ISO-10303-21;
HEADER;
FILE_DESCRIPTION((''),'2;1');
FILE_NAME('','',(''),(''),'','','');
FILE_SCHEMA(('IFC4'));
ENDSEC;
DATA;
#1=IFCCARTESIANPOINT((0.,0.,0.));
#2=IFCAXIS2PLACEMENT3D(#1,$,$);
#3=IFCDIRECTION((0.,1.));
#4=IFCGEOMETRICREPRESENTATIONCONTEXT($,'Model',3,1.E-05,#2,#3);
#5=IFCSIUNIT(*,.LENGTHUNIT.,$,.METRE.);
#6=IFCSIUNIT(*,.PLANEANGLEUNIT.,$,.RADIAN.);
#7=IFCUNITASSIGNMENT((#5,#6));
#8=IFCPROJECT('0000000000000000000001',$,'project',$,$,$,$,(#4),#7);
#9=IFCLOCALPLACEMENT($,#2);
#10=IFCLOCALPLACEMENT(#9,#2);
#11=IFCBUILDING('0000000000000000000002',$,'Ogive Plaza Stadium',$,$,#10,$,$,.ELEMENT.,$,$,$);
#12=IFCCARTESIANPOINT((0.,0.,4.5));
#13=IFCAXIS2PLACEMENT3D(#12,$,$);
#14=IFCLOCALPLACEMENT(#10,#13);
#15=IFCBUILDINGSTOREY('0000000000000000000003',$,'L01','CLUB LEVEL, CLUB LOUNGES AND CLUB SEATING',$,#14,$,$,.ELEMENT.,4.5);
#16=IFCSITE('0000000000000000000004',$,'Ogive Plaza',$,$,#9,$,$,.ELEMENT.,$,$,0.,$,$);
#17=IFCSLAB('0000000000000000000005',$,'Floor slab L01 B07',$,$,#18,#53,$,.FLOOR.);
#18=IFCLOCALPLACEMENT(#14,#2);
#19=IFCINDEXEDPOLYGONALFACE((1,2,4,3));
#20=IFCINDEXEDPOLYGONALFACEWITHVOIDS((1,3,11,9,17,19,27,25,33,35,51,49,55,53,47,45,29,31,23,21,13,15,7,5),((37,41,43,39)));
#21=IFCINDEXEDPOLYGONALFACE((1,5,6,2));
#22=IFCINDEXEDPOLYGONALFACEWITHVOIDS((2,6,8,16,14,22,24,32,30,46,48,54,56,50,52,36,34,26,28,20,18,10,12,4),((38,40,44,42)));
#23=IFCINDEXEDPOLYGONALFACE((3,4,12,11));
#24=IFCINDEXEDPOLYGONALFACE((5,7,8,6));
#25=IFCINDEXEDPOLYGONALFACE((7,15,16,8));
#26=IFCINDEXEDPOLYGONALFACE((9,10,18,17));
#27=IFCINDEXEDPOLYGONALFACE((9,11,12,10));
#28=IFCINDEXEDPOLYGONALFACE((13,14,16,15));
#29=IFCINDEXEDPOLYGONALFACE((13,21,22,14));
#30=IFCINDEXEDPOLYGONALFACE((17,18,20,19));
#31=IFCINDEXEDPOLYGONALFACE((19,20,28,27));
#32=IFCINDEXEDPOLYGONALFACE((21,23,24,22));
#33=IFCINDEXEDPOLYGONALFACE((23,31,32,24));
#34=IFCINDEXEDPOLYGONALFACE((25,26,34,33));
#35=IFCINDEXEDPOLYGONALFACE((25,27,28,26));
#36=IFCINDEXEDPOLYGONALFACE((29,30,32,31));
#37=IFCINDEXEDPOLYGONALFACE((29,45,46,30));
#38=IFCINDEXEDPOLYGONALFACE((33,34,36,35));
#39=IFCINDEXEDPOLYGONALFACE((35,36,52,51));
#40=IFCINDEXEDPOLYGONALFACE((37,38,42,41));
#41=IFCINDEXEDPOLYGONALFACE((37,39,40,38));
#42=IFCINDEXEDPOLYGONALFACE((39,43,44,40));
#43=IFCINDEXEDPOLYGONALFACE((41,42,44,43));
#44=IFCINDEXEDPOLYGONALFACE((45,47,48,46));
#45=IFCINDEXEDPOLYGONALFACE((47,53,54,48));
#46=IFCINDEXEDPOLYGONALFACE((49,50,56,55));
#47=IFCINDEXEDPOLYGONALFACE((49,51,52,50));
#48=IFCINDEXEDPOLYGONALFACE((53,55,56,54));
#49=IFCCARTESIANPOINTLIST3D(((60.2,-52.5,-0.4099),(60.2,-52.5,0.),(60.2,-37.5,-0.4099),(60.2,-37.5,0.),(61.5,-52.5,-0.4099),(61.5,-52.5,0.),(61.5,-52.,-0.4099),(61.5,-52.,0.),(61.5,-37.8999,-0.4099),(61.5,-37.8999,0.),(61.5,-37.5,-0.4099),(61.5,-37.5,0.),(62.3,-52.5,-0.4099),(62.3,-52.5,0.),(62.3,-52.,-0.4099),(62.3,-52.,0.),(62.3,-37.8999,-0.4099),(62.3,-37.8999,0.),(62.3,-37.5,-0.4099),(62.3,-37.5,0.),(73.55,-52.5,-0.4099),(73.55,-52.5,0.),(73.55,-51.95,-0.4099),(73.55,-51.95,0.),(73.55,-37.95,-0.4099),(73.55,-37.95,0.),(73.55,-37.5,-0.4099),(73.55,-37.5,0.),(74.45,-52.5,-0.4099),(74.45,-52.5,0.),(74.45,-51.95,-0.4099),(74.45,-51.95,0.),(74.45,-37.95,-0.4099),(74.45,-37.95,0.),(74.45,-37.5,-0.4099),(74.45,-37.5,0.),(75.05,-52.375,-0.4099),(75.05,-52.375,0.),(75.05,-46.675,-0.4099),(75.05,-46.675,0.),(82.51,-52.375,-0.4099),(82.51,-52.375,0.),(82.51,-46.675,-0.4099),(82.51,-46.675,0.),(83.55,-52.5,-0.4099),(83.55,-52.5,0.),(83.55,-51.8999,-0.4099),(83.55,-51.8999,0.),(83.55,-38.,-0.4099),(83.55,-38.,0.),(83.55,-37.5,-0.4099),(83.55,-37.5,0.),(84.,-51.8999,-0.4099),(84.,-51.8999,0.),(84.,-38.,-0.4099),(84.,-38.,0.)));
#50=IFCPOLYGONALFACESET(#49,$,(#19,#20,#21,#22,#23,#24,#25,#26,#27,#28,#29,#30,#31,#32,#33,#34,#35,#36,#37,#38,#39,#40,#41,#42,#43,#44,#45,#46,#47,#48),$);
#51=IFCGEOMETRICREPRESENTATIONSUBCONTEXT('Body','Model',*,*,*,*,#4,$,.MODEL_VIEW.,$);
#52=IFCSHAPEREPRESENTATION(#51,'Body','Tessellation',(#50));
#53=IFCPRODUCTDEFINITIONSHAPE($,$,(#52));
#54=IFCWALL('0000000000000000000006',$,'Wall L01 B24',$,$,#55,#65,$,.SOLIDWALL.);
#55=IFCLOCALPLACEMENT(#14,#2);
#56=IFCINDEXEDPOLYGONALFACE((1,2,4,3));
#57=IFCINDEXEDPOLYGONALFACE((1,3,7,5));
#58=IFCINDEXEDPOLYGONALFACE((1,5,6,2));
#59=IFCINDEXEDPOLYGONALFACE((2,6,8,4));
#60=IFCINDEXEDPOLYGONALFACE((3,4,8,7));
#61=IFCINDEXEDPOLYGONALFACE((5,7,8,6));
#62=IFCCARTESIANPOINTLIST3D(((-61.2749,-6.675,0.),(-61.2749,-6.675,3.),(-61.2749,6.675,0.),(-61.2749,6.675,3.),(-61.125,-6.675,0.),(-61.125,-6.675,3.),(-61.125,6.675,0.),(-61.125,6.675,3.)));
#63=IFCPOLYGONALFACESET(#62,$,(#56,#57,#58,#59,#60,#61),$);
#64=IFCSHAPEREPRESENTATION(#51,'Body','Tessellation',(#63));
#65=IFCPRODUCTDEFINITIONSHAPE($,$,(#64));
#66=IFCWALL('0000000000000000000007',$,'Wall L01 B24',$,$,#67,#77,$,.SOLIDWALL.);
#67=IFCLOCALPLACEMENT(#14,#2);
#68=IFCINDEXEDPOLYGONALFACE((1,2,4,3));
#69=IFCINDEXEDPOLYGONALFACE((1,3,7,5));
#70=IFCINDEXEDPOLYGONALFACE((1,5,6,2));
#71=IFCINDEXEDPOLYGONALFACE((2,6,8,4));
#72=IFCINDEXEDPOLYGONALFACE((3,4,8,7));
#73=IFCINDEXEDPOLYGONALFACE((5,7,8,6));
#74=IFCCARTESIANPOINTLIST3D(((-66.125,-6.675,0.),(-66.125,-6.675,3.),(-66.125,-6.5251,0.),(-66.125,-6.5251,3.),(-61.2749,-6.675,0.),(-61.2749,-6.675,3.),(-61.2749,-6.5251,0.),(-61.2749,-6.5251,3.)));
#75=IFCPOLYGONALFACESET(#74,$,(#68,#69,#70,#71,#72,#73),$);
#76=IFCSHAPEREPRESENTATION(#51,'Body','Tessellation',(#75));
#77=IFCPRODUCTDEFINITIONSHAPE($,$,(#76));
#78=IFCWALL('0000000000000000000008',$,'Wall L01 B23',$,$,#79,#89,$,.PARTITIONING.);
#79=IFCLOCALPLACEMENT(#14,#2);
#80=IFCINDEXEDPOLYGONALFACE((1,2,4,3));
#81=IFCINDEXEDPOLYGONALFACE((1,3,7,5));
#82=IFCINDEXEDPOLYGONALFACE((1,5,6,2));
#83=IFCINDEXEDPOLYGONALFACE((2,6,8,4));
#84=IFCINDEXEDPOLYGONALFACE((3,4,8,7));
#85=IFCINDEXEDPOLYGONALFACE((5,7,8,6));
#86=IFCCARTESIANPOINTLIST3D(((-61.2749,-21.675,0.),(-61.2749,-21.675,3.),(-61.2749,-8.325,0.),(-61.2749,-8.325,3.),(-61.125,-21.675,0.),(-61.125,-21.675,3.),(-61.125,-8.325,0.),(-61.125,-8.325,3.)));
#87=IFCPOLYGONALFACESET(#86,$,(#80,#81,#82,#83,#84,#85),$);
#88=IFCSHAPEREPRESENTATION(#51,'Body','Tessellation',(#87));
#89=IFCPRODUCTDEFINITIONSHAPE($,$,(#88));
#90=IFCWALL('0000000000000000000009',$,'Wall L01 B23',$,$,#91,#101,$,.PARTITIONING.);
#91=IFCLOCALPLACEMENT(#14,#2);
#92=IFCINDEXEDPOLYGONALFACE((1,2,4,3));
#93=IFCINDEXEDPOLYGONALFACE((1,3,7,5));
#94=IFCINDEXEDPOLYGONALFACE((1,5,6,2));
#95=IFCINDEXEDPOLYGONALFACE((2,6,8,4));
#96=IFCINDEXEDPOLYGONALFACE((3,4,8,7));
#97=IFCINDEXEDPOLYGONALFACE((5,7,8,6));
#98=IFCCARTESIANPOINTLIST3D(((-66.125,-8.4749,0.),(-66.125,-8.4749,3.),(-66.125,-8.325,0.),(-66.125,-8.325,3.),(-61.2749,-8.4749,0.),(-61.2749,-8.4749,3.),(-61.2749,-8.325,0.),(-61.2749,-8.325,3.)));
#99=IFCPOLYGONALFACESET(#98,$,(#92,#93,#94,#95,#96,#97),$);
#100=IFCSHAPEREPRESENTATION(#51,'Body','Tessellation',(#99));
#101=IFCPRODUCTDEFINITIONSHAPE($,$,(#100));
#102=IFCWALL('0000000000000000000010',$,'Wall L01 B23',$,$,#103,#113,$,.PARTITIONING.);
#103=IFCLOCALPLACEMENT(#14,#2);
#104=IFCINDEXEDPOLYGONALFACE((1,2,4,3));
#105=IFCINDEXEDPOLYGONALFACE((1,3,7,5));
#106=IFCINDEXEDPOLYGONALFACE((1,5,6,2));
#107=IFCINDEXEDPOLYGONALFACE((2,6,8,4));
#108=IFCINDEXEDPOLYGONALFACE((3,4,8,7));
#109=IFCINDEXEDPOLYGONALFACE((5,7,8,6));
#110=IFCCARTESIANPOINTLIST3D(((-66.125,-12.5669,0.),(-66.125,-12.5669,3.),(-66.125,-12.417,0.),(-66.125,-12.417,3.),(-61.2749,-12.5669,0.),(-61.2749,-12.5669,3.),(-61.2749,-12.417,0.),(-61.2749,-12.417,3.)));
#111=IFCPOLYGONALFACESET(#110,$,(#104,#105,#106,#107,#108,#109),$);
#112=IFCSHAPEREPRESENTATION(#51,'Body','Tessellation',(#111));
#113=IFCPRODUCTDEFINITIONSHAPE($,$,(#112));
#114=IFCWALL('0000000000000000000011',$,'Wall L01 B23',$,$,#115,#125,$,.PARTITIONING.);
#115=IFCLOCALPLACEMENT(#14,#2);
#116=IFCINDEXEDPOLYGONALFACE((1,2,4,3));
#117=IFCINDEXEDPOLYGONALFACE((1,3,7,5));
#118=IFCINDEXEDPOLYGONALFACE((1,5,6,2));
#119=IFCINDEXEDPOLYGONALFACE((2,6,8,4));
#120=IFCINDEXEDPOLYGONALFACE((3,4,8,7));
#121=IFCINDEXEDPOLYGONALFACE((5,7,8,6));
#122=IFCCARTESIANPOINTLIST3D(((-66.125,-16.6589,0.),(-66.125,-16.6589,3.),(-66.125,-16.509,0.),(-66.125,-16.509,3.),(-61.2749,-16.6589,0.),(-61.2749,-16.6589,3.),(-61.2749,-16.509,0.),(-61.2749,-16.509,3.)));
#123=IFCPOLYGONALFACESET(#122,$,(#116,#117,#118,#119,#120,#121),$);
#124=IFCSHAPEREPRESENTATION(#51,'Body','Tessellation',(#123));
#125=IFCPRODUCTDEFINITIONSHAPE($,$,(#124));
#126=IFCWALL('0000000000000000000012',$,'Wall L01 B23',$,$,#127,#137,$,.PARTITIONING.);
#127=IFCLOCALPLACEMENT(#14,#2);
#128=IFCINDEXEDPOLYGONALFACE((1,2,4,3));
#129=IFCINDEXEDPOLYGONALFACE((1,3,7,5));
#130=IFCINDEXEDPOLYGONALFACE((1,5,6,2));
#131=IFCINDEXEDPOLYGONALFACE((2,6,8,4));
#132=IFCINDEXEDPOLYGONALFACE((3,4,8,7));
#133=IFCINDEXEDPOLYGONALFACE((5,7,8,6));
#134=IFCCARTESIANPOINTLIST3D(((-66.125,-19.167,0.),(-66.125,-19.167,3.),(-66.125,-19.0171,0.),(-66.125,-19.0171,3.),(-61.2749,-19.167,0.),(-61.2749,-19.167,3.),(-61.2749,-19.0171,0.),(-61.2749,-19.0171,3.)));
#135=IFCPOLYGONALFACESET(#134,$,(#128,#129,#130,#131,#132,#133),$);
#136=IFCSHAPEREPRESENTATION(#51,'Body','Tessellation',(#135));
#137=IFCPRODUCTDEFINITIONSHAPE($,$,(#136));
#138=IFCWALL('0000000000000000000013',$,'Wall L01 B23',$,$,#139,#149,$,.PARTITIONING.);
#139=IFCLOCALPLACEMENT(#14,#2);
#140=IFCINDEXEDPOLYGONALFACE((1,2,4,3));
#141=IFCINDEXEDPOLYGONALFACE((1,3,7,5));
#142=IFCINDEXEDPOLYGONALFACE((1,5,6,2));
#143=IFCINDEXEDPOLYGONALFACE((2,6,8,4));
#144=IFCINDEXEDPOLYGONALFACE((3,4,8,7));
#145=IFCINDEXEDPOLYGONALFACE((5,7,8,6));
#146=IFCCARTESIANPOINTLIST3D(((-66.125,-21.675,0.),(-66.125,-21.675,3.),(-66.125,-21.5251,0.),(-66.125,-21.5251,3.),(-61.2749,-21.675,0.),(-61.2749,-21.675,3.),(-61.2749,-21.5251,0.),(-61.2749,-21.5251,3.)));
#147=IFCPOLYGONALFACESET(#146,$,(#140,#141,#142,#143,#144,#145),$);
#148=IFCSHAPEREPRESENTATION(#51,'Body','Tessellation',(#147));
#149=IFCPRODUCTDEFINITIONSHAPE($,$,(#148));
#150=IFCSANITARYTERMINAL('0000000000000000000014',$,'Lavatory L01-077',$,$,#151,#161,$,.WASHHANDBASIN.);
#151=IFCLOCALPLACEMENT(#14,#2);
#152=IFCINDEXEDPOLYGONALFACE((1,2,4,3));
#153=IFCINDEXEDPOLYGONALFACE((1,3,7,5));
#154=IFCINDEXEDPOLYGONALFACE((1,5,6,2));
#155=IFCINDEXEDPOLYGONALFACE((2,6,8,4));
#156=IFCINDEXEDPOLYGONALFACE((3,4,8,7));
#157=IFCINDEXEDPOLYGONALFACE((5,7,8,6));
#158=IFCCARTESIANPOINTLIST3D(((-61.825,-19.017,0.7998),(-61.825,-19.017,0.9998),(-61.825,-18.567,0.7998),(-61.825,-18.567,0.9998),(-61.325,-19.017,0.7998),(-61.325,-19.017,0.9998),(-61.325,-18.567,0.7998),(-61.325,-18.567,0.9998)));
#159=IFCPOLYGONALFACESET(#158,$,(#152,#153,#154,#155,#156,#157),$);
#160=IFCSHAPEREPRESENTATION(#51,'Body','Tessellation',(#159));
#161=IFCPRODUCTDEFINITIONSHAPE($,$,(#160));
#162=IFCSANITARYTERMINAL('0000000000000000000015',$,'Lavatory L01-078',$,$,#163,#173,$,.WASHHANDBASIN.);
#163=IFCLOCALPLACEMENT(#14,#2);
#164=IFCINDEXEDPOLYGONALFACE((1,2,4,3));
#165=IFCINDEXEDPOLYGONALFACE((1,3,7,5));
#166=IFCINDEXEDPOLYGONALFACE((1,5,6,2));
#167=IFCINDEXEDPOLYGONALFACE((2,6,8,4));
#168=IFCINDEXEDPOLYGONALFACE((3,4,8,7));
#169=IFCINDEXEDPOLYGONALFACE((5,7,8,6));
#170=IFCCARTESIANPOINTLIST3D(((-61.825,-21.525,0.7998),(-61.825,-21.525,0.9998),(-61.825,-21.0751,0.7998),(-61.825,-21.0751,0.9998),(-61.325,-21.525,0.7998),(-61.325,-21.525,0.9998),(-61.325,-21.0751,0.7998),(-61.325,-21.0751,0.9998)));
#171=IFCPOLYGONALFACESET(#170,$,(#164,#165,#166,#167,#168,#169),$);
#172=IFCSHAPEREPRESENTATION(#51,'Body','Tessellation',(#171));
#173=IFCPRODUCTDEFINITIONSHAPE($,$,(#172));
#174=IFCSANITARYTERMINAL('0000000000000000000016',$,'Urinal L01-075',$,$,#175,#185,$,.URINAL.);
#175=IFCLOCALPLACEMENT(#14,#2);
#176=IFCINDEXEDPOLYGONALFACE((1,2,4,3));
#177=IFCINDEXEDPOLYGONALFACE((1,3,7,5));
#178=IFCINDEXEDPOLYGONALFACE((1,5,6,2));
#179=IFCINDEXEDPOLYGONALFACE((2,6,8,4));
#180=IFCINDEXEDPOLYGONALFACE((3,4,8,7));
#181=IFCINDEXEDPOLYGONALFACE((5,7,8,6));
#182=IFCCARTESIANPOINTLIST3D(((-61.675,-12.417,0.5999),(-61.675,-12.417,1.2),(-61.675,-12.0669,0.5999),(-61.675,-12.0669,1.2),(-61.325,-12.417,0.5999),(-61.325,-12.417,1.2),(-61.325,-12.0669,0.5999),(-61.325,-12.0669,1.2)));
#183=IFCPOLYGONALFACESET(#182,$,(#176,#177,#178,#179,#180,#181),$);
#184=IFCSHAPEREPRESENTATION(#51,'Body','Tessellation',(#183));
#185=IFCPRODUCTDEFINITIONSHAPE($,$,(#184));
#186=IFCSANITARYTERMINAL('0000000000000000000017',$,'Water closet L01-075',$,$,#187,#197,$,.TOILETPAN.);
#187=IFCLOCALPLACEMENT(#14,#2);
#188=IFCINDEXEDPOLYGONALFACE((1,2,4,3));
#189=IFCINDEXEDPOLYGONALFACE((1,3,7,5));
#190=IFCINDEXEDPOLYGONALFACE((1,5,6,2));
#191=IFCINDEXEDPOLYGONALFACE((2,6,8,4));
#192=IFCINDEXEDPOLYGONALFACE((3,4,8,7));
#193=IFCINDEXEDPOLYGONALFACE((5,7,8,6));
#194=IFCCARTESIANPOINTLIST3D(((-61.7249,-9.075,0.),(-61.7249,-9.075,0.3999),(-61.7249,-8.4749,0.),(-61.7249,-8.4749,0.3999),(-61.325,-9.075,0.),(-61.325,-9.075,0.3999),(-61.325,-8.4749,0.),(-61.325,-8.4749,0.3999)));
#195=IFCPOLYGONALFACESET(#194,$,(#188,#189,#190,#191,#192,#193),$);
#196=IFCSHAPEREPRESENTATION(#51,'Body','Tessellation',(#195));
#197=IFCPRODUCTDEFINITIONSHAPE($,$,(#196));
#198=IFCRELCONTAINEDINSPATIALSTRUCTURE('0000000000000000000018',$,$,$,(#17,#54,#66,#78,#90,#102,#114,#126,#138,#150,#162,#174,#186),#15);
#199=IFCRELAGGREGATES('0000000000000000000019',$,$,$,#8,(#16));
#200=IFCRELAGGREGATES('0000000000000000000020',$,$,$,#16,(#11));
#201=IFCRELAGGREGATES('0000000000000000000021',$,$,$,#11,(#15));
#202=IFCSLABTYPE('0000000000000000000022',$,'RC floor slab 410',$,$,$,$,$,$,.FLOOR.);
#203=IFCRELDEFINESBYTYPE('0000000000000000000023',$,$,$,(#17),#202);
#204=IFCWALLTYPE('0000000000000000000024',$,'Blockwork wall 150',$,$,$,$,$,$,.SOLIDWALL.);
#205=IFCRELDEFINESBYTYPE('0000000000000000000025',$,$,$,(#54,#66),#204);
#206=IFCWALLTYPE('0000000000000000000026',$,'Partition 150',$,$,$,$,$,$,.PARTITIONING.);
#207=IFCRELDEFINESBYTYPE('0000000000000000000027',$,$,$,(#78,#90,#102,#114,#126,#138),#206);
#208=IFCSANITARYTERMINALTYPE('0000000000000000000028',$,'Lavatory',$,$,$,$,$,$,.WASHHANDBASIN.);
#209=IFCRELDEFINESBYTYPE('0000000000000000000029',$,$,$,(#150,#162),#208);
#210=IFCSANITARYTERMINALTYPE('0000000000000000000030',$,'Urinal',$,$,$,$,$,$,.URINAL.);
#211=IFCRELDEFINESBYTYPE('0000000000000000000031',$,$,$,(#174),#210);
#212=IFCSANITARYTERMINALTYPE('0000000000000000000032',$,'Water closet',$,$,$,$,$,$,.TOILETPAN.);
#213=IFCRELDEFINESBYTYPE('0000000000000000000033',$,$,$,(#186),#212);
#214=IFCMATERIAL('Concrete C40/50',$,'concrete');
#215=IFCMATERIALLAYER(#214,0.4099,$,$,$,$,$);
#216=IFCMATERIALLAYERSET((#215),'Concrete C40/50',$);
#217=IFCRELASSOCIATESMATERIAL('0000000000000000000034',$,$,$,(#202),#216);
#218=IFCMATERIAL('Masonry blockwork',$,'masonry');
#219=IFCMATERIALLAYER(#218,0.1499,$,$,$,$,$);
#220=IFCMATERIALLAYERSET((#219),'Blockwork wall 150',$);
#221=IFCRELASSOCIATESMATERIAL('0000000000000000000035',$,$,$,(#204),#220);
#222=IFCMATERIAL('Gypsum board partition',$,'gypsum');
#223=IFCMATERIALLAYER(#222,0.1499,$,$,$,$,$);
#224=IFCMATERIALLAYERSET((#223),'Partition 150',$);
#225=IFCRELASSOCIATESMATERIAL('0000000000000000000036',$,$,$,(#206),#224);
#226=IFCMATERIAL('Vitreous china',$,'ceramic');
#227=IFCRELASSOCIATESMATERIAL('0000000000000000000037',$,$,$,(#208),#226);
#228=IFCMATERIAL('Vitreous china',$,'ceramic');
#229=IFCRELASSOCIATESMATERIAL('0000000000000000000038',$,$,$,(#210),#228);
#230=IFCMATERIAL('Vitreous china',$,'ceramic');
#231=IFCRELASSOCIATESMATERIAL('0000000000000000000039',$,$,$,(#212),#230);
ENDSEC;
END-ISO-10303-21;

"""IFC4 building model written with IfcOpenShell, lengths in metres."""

from ifc_helpers import new_model, si_unit, direction, frame, frame_2d, origin, origin_2d, place, context, subcontext, project, spatial, polyline, rectangle, outline, extrude, material, layer, layer_set, type_object, element, save


model = new_model("IFC4")

# Units and contexts
model_context = context("Model", 3, precision=1e-05, world=origin(), true_north=direction((0.0, 1.0)))
body_context = subcontext(model_context, "Body", "Model", "MODEL_VIEW")
ifc_project = project(units=[si_unit("LENGTHUNIT", "METRE"), si_unit("PLANEANGLEUNIT", "RADIAN")], contexts=[model_context])

# Site, building, storey
site_placement = place(None, origin())
site = spatial("IfcSite", under=ifc_project, at=site_placement, Name="Ogive Plaza", CompositionType="ELEMENT", RefElevation=0.0)
building_placement = place(site_placement, origin())
building = spatial("IfcBuilding", under=site, at=building_placement, Name="Ogive Plaza Stadium", CompositionType="ELEMENT")
storey_placement = place(building_placement, frame((0.0, 0.0, 4.5)))
storey = spatial("IfcBuildingStorey", under=building, at=storey_placement, Name="L01", Description="CLUB LEVEL, CLUB LOUNGES AND CLUB SEATING", CompositionType="ELEMENT", Elevation=4.5)

# Slab
ifc_material_1 = material(Name="Concrete C40/50", Category="concrete")
ifc_layer_1 = layer(ifc_material_1, 0.4099)
ifc_layer_set_1 = layer_set([ifc_layer_1], Name="Concrete C40/50")
slab_type = type_object("IfcSlabType", Name="RC floor slab 410", PredefinedType="FLOOR", material=ifc_layer_set_1)
slab_1_placement = place(storey_placement, frame((0.0, 0.0, -0.4099)))
element("IfcSlab", 1, at=slab_1_placement, inside=storey, type_object=slab_type, Name="Floor slab L01 B07", PredefinedType="FLOOR", context=body_context, shape_type="SweptSolid", body=[
    extrude(outline(polyline([(61.5, -52.5), (61.5, -52.0), (62.3, -52.0), (62.3, -52.5), (73.55, -52.5), (73.55, -51.95), (74.45, -51.95), (74.45, -52.5), (83.55, -52.5), (83.55, -51.8999), (84.0, -51.8999), (84.0, -38.0), (83.55, -38.0), (83.55, -37.5), (74.45, -37.5), (74.45, -37.95), (73.55, -37.95), (73.55, -37.5), (62.3, -37.5), (62.3, -37.8999), (61.5, -37.8999), (61.5, -37.5), (60.2, -37.5), (60.2, -52.5), (61.5, -52.5)]), holes=[polyline([(75.05, -52.375), (82.51, -52.375), (82.51, -46.675), (75.05, -46.675), (75.05, -52.375)])]), origin(), (0.0, 0.0, 1.0), 0.4099),
])

# Walls
ifc_material_2 = material(Name="Masonry blockwork", Category="masonry")
ifc_layer_2 = layer(ifc_material_2, 0.1499)
ifc_layer_set_2 = layer_set([ifc_layer_2], Name="Blockwork wall 150")
wall_type_1 = type_object("IfcWallType", Name="Blockwork wall 150", PredefinedType="SOLIDWALL", material=ifc_layer_set_2)
wall_1_placement = place(storey_placement, frame((-61.2, -6.675, 0.0), z_axis=(0.0, 0.0, 1.0), x_axis=(0.0, 1.0, 0.0)))
element("IfcWall", 2, at=wall_1_placement, inside=storey, type_object=wall_type_1, Name="Wall L01 B24", PredefinedType="SOLIDWALL", context=body_context, shape_type="SweptSolid", body=[
    extrude(rectangle(XDim=13.3501, YDim=0.1499, at=frame_2d((6.675, 0.0))), origin(), (0.0, 0.0, 1.0), 3.0),
])
wall_2_placement = place(storey_placement, frame((-61.2749, -6.6001, 0.0), z_axis=(0.0, 0.0, 1.0), x_axis=(-1.0, 0.0, 0.0)))
element("IfcWall", 3, at=wall_2_placement, inside=storey, type_object=wall_type_1, Name="Wall L01 B24", PredefinedType="SOLIDWALL", context=body_context, shape_type="SweptSolid", body=[
    extrude(rectangle(XDim=4.8501, YDim=0.1499, at=frame_2d((2.425, 0.0))), origin(), (0.0, 0.0, 1.0), 3.0),
])
ifc_material_3 = material(Name="Gypsum board partition", Category="gypsum")
ifc_layer_3 = layer(ifc_material_3, 0.1499)
ifc_layer_set_3 = layer_set([ifc_layer_3], Name="Partition 150")
wall_type_2 = type_object("IfcWallType", Name="Partition 150", PredefinedType="PARTITIONING", material=ifc_layer_set_3)
wall_3_placement = place(storey_placement, frame((-61.2, -8.325, 0.0), z_axis=(0.0, 0.0, 1.0), x_axis=(0.0, -1.0, 0.0)))
element("IfcWall", 4, at=wall_3_placement, inside=storey, type_object=wall_type_2, Name="Wall L01 B23", PredefinedType="PARTITIONING", context=body_context, shape_type="SweptSolid", body=[
    extrude(rectangle(XDim=13.3501, YDim=0.1499, at=frame_2d((6.675, 0.0))), origin(), (0.0, 0.0, 1.0), 3.0),
])
for number, where, z_axis, x_axis, name in (
    (5, (-61.2749, -8.3999, 0.0), (0.0, 0.0, 1.0), (-1.0, 0.0, 0.0), "Wall L01 B23"),
    (6, (-61.2749, -12.4919, 0.0), (0.0, 0.0, 1.0), (-1.0, 0.0, 0.0), "Wall L01 B23"),
    (7, (-61.2749, -16.584, 0.0), (0.0, 0.0, 1.0), (-1.0, 0.0, 0.0), "Wall L01 B23"),
    (8, (-61.2749, -19.092, 0.0), (0.0, 0.0, 1.0), (-1.0, 0.0, 0.0), "Wall L01 B23"),
    (9, (-61.2749, -21.6001, 0.0), (0.0, 0.0, 1.0), (-1.0, 0.0, 0.0), "Wall L01 B23"),
):
    element("IfcWall", number, at=place(storey_placement, frame(where, z_axis=z_axis, x_axis=x_axis)), inside=storey, type_object=wall_type_2, Name=name, PredefinedType="PARTITIONING", context=body_context, shape_type="SweptSolid", body=[
        extrude(rectangle(XDim=4.8501, YDim=0.1499, at=frame_2d((2.425, 0.0))), origin(), (0.0, 0.0, 1.0), 3.0),
    ])

# Sanitary terminals
ifc_material_4 = material(Name="Vitreous china", Category="ceramic")
sanitary_terminal_type_1 = type_object("IfcSanitaryTerminalType", Name="Lavatory", PredefinedType="WASHHANDBASIN", material=ifc_material_4)
for number, where, z_axis, x_axis, name in (
    (10, (-61.575, -18.792, 0.7998), (0.0, 0.0, 1.0), (-1.0, 0.0, 0.0), "Lavatory L01-077"),
    (11, (-61.575, -21.3, 0.7998), (0.0, 0.0, 1.0), (-1.0, 0.0, 0.0), "Lavatory L01-078"),
):
    element("IfcSanitaryTerminal", number, at=place(storey_placement, frame(where, z_axis=z_axis, x_axis=x_axis)), inside=storey, type_object=sanitary_terminal_type_1, Name=name, PredefinedType="WASHHANDBASIN", context=body_context, shape_type="SweptSolid", body=[
        extrude(rectangle(XDim=0.5, YDim=0.45, at=origin_2d()), origin(), (0.0, 0.0, 1.0), 0.2),
    ])
ifc_material_5 = material(Name="Vitreous china", Category="ceramic")
sanitary_terminal_type_2 = type_object("IfcSanitaryTerminalType", Name="Urinal", PredefinedType="URINAL", material=ifc_material_5)
sanitary_terminal_placement = place(storey_placement, frame((-61.5, -12.2419, 0.5999), z_axis=(0.0, 0.0, 1.0), x_axis=(-1.0, 0.0, 0.0)))
element("IfcSanitaryTerminal", 12, at=sanitary_terminal_placement, inside=storey, type_object=sanitary_terminal_type_2, Name="Urinal L01-075", PredefinedType="URINAL", context=body_context, shape_type="SweptSolid", body=[
    extrude(rectangle(XDim=0.3501, YDim=0.3501, at=origin_2d()), origin(), (0.0, 0.0, 1.0), 0.6001),
])
ifc_material_6 = material(Name="Vitreous china", Category="ceramic")
sanitary_terminal_type_3 = type_object("IfcSanitaryTerminalType", Name="Water closet", PredefinedType="TOILETPAN", material=ifc_material_6)
for number, where, z_axis, x_axis, name in (
    (13, (-61.5249, -8.7749, 0.0), (0.0, 0.0, 1.0), (-1.0, 0.0, 0.0), "Water closet L01-075"),
):
    element("IfcSanitaryTerminal", number, at=place(storey_placement, frame(where, z_axis=z_axis, x_axis=x_axis)), inside=storey, type_object=sanitary_terminal_type_3, Name=name, PredefinedType="TOILETPAN", context=body_context, shape_type="SweptSolid", body=[
        extrude(rectangle(XDim=0.3999, YDim=0.6001, at=origin_2d()), origin(), (0.0, 0.0, 1.0), 0.3999),
    ])

save(model, "model.ifc")
